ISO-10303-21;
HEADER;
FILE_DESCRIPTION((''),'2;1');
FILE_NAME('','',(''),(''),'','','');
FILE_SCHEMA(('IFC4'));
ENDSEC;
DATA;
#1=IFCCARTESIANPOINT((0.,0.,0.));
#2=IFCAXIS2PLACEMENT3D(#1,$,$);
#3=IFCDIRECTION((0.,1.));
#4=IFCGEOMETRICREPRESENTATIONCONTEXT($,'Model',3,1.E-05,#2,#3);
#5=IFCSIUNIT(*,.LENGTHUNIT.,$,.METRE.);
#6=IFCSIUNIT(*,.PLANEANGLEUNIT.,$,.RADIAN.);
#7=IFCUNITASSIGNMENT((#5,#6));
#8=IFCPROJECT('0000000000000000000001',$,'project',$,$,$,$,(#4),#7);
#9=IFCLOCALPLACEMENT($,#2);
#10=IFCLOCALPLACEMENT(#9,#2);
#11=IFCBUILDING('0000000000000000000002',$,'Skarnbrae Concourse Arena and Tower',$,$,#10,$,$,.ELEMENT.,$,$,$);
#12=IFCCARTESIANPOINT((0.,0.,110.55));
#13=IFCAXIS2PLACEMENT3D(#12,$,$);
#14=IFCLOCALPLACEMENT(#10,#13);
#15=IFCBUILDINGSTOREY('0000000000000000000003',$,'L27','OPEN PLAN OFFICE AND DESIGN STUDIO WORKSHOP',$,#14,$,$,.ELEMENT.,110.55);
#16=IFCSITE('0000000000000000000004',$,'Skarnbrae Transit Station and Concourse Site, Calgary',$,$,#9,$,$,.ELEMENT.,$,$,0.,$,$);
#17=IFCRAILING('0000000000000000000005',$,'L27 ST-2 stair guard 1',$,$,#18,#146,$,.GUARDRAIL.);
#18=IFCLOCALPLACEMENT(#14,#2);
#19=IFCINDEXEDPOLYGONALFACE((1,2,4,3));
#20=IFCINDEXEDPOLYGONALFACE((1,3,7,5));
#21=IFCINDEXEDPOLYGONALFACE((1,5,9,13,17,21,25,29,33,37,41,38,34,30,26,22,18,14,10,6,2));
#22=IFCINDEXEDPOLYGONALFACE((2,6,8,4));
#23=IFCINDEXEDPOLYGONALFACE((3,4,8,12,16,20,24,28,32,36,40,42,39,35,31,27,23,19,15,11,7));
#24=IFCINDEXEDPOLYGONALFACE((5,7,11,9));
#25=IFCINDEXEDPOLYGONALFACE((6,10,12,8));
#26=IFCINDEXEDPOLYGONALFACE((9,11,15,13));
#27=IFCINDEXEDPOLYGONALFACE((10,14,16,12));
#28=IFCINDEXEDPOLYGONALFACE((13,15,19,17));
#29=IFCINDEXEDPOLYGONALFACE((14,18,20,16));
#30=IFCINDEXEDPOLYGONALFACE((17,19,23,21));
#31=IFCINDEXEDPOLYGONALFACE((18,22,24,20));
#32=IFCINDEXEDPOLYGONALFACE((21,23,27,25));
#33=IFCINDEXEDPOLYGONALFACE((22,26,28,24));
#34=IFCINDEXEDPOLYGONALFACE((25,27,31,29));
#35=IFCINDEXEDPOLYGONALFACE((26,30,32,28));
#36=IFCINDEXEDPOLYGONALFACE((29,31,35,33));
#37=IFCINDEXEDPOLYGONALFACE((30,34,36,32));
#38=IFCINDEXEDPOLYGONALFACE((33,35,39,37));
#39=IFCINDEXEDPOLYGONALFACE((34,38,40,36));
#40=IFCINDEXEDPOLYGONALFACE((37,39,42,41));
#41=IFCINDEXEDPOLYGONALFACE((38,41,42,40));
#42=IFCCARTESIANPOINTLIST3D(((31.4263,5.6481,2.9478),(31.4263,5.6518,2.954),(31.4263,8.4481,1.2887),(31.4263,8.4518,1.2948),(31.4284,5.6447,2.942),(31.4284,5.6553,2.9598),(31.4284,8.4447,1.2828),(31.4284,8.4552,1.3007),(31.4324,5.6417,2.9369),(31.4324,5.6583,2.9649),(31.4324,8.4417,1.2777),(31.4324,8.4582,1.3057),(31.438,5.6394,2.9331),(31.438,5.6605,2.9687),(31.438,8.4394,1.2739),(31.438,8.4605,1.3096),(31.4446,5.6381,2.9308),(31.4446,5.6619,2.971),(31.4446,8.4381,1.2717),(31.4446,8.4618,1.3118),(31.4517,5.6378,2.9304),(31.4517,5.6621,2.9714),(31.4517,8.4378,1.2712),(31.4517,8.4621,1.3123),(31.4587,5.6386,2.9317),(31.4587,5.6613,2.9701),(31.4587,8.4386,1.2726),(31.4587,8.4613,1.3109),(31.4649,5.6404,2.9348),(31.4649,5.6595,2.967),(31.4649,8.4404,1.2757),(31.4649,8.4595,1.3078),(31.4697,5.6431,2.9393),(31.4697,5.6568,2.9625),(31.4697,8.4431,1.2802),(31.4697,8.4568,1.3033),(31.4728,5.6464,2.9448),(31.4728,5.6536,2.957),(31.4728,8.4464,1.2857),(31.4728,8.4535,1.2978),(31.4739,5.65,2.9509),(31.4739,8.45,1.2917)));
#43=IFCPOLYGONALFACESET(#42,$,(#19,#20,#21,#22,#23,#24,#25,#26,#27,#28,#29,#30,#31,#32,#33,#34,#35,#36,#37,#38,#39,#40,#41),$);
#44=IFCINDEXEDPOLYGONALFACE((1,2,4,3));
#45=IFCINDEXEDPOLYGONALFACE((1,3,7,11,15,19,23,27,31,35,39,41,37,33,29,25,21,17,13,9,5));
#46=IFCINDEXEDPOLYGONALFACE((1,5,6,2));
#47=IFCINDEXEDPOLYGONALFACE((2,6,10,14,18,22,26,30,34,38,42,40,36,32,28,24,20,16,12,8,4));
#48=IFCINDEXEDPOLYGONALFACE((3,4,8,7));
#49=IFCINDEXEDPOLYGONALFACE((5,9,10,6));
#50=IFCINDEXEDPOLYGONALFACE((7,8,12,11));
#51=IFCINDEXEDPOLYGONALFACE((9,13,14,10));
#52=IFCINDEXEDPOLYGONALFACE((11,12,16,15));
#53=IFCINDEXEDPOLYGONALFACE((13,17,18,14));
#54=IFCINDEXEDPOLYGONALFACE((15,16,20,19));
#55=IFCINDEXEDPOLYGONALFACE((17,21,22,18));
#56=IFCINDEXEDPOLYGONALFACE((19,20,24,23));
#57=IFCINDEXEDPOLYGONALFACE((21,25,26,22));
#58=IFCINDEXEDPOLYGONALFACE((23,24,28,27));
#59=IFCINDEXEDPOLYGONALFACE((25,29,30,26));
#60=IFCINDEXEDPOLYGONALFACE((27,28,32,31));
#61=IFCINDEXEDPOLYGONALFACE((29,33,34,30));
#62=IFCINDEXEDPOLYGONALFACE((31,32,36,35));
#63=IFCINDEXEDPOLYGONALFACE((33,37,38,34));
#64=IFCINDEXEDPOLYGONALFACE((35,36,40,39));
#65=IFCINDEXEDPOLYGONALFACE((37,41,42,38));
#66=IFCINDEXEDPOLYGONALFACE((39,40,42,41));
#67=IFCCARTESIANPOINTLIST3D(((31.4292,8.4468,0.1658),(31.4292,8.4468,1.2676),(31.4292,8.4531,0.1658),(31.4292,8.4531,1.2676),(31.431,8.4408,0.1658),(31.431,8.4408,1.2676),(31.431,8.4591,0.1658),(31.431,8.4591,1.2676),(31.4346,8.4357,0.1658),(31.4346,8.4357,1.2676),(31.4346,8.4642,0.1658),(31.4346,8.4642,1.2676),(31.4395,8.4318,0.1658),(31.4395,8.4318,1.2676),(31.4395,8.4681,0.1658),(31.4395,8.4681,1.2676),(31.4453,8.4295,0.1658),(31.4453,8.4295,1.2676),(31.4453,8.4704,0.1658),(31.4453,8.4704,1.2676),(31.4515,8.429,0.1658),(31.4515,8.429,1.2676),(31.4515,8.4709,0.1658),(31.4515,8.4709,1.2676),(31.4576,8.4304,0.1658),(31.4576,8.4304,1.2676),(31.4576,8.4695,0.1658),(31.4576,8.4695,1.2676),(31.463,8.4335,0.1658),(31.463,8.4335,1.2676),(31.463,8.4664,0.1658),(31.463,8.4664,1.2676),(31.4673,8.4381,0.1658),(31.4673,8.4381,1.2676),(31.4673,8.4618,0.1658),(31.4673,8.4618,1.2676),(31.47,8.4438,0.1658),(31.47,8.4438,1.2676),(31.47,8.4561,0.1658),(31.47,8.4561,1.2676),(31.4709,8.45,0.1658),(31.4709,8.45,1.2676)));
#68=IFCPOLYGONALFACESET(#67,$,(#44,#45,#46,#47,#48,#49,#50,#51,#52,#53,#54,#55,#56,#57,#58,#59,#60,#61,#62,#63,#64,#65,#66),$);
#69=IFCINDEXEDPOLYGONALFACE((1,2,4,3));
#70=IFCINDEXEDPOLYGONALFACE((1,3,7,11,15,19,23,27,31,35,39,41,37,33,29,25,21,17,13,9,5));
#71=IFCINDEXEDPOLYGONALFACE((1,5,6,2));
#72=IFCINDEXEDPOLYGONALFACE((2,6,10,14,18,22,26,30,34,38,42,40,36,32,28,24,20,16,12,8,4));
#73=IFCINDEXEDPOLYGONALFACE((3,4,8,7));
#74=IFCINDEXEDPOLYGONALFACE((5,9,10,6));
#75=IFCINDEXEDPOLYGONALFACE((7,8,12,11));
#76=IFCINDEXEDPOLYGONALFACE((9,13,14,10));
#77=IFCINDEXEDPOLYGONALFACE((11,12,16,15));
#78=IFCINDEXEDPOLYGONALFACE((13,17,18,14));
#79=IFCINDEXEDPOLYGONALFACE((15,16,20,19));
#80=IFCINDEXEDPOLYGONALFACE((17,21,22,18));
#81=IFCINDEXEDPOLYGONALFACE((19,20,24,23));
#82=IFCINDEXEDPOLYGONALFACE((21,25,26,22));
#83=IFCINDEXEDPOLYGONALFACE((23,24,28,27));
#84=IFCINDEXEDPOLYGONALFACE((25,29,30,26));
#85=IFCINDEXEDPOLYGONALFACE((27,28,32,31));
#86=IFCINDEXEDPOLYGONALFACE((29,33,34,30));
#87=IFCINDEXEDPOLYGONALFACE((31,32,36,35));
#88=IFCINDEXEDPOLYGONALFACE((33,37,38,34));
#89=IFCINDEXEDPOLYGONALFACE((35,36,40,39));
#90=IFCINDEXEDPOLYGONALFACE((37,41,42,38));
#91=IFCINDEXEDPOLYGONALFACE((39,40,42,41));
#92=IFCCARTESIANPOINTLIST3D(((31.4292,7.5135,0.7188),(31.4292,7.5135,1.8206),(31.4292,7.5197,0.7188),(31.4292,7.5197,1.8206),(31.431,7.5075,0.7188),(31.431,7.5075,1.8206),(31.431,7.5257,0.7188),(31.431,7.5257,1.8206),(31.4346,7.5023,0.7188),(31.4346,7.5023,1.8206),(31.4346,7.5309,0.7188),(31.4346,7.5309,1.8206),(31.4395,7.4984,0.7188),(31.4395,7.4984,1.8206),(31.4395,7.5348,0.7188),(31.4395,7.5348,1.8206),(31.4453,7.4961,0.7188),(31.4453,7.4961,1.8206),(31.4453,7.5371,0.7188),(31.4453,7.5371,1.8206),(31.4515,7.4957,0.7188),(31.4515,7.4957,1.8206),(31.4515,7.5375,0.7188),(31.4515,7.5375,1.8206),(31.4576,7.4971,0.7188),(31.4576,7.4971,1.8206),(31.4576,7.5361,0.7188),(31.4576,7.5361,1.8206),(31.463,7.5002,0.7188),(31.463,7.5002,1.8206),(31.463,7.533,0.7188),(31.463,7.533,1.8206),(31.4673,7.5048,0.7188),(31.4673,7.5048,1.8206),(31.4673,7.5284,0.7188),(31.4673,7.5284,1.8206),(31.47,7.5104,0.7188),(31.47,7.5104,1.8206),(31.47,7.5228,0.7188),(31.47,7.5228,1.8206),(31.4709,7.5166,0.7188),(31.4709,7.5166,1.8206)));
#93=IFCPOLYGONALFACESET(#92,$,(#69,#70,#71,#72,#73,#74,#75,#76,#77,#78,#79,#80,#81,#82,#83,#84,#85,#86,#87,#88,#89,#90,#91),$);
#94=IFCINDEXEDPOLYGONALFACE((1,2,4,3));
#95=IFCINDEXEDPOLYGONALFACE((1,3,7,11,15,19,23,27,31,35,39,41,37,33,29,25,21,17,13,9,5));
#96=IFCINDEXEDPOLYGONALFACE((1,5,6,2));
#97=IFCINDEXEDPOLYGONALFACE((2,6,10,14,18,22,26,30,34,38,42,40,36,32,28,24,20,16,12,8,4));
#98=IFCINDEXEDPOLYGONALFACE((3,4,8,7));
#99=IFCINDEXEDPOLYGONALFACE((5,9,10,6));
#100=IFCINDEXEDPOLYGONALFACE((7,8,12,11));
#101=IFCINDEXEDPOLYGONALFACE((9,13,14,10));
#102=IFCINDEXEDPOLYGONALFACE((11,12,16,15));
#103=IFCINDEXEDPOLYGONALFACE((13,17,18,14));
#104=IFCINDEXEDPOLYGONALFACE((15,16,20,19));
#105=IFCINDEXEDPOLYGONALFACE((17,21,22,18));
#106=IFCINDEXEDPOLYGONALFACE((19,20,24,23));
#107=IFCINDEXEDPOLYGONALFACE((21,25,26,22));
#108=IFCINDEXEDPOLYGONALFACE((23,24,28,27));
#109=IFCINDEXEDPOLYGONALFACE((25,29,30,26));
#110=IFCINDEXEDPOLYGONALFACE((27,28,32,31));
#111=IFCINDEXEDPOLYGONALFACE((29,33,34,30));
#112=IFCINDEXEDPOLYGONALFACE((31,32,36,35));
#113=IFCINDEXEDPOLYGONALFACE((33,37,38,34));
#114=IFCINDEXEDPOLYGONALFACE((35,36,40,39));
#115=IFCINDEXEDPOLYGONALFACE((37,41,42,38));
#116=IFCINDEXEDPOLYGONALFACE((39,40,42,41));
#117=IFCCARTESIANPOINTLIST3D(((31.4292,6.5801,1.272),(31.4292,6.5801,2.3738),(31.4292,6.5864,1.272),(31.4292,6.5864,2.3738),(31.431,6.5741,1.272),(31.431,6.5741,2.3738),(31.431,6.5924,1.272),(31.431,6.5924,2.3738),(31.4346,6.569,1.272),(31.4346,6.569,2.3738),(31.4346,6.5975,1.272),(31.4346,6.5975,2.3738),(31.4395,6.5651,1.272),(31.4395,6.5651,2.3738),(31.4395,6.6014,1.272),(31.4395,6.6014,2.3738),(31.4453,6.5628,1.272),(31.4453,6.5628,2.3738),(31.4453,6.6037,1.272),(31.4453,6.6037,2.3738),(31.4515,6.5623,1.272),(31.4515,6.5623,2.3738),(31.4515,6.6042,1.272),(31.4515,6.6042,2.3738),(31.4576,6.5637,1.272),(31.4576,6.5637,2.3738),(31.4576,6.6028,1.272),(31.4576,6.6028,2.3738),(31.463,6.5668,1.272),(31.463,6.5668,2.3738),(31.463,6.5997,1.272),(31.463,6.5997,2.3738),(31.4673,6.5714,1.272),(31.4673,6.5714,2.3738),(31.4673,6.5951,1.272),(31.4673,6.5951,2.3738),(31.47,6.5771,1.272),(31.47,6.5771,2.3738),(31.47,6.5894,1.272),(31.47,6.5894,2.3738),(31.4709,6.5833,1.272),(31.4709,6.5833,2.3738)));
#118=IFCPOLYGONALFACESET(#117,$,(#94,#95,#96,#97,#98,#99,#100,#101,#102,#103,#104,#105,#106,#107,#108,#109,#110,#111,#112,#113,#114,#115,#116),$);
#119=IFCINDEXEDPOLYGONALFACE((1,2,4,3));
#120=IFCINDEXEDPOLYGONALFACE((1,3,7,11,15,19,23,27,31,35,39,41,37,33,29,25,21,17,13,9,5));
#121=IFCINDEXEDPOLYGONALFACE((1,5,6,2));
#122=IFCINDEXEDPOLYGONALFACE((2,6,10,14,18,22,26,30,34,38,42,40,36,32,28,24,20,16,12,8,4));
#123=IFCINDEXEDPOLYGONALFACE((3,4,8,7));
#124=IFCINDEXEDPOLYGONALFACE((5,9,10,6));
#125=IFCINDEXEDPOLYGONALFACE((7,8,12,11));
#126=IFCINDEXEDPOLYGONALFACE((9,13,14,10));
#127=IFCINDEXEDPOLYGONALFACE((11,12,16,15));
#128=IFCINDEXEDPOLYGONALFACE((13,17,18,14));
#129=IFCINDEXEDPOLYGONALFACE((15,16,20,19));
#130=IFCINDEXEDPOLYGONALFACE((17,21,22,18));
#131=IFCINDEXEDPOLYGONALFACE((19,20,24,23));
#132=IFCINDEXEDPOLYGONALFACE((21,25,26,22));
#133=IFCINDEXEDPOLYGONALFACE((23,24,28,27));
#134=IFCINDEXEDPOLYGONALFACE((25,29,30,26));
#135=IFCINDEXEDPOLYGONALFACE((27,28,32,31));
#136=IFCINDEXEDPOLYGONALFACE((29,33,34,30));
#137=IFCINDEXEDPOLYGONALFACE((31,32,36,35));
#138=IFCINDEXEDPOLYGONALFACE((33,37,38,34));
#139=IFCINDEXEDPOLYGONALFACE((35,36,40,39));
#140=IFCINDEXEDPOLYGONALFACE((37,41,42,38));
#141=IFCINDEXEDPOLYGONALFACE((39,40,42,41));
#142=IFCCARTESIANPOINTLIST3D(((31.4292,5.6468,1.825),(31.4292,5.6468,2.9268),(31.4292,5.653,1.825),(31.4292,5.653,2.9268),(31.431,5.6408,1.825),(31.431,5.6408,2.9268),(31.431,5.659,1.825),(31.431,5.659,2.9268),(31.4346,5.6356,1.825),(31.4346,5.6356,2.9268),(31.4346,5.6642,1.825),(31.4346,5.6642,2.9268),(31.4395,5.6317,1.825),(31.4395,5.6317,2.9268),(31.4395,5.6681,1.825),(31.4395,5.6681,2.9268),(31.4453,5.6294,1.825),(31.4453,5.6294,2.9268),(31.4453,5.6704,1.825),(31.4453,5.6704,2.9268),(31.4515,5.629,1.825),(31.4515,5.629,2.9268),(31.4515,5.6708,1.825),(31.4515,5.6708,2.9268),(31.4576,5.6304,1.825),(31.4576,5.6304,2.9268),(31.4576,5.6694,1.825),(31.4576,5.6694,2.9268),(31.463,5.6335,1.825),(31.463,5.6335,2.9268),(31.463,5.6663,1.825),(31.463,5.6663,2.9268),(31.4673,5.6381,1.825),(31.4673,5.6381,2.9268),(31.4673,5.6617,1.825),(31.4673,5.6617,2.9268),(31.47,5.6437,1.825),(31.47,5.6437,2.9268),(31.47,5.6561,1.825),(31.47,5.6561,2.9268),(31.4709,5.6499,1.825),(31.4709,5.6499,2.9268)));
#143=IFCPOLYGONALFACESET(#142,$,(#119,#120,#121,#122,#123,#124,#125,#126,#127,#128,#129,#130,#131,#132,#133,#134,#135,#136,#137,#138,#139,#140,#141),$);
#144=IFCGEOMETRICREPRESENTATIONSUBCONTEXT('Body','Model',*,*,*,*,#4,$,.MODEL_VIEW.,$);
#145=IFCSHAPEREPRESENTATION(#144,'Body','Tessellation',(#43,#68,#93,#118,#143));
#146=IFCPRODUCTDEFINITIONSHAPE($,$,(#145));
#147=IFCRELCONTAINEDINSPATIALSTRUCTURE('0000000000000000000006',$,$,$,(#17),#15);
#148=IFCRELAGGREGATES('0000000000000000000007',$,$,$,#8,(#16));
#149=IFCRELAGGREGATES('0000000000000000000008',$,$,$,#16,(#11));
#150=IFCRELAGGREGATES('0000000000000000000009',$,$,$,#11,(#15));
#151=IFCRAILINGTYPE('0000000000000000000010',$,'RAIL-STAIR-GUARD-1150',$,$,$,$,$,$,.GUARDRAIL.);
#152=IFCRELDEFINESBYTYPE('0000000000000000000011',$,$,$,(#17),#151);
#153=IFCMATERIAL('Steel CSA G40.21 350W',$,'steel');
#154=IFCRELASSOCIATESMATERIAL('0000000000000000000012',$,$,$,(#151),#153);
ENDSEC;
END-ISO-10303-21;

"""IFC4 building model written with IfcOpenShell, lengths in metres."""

from ifc_helpers import new_model, si_unit, direction, frame, origin, origin_2d, place, context, subcontext, project, spatial, circle, extrude, material, type_object, element, save


model = new_model("IFC4")

# Units and contexts
model_context = context("Model", 3, precision=1e-05, world=origin(), true_north=direction((0.0, 1.0)))
body_context = subcontext(model_context, "Body", "Model", "MODEL_VIEW")
ifc_project = project(units=[si_unit("LENGTHUNIT", "METRE"), si_unit("PLANEANGLEUNIT", "RADIAN")], contexts=[model_context])

# Site, building, storey
site_placement = place(None, origin())
site = spatial("IfcSite", under=ifc_project, at=site_placement, Name="Skarnbrae Transit Station and Concourse Site, Calgary", CompositionType="ELEMENT", RefElevation=0.0)
building_placement = place(site_placement, origin())
building = spatial("IfcBuilding", under=site, at=building_placement, Name="Skarnbrae Concourse Arena and Tower", CompositionType="ELEMENT")
storey_placement = place(building_placement, frame((0.0, 0.0, 110.55)))
storey = spatial("IfcBuildingStorey", under=building, at=storey_placement, Name="L27", Description="OPEN PLAN OFFICE AND DESIGN STUDIO WORKSHOP", CompositionType="ELEMENT", Elevation=110.55)

# Shared definitions
ifc_material_1 = material(Name="Steel CSA G40.21 350W", Category="steel")

# Railing
railing_type_1 = type_object("IfcRailingType", Name="RAIL-STAIR-GUARD-1150", PredefinedType="GUARDRAIL", material=ifc_material_1)
railing_1_placement = place(storey_placement, frame((31.45, 8.45, 0.1658)))
element("IfcRailing", 1, at=railing_1_placement, inside=storey, type_object=railing_type_1, Name="L27 ST-2 stair guard 1", PredefinedType="GUARDRAIL", context=body_context, shape_type="SweptSolid", body=[
    extrude(circle(Radius=0.0239, at=origin_2d()), frame((0.0, 0.0, 1.126), z_axis=(0.0, -0.860306, 0.509778), x_axis=(1.0, 0.0, 0.0)), (0.0, 0.0, 1.0), 3.2546),
    extrude(circle(Radius=0.021, at=origin_2d()), origin(), (0.0, 0.0, 1.0), 1.1018),
    extrude(circle(Radius=0.021, at=origin_2d()), frame((0.0, -0.9333, 0.553)), (0.0, 0.0, 1.0), 1.1018),
    extrude(circle(Radius=0.021, at=origin_2d()), frame((0.0, -1.8667, 1.1062)), (0.0, 0.0, 1.0), 1.1018),
    extrude(circle(Radius=0.021, at=origin_2d()), frame((0.0, -2.8, 1.6592)), (0.0, 0.0, 1.0), 1.1018),
])

save(model, "model.ifc")
